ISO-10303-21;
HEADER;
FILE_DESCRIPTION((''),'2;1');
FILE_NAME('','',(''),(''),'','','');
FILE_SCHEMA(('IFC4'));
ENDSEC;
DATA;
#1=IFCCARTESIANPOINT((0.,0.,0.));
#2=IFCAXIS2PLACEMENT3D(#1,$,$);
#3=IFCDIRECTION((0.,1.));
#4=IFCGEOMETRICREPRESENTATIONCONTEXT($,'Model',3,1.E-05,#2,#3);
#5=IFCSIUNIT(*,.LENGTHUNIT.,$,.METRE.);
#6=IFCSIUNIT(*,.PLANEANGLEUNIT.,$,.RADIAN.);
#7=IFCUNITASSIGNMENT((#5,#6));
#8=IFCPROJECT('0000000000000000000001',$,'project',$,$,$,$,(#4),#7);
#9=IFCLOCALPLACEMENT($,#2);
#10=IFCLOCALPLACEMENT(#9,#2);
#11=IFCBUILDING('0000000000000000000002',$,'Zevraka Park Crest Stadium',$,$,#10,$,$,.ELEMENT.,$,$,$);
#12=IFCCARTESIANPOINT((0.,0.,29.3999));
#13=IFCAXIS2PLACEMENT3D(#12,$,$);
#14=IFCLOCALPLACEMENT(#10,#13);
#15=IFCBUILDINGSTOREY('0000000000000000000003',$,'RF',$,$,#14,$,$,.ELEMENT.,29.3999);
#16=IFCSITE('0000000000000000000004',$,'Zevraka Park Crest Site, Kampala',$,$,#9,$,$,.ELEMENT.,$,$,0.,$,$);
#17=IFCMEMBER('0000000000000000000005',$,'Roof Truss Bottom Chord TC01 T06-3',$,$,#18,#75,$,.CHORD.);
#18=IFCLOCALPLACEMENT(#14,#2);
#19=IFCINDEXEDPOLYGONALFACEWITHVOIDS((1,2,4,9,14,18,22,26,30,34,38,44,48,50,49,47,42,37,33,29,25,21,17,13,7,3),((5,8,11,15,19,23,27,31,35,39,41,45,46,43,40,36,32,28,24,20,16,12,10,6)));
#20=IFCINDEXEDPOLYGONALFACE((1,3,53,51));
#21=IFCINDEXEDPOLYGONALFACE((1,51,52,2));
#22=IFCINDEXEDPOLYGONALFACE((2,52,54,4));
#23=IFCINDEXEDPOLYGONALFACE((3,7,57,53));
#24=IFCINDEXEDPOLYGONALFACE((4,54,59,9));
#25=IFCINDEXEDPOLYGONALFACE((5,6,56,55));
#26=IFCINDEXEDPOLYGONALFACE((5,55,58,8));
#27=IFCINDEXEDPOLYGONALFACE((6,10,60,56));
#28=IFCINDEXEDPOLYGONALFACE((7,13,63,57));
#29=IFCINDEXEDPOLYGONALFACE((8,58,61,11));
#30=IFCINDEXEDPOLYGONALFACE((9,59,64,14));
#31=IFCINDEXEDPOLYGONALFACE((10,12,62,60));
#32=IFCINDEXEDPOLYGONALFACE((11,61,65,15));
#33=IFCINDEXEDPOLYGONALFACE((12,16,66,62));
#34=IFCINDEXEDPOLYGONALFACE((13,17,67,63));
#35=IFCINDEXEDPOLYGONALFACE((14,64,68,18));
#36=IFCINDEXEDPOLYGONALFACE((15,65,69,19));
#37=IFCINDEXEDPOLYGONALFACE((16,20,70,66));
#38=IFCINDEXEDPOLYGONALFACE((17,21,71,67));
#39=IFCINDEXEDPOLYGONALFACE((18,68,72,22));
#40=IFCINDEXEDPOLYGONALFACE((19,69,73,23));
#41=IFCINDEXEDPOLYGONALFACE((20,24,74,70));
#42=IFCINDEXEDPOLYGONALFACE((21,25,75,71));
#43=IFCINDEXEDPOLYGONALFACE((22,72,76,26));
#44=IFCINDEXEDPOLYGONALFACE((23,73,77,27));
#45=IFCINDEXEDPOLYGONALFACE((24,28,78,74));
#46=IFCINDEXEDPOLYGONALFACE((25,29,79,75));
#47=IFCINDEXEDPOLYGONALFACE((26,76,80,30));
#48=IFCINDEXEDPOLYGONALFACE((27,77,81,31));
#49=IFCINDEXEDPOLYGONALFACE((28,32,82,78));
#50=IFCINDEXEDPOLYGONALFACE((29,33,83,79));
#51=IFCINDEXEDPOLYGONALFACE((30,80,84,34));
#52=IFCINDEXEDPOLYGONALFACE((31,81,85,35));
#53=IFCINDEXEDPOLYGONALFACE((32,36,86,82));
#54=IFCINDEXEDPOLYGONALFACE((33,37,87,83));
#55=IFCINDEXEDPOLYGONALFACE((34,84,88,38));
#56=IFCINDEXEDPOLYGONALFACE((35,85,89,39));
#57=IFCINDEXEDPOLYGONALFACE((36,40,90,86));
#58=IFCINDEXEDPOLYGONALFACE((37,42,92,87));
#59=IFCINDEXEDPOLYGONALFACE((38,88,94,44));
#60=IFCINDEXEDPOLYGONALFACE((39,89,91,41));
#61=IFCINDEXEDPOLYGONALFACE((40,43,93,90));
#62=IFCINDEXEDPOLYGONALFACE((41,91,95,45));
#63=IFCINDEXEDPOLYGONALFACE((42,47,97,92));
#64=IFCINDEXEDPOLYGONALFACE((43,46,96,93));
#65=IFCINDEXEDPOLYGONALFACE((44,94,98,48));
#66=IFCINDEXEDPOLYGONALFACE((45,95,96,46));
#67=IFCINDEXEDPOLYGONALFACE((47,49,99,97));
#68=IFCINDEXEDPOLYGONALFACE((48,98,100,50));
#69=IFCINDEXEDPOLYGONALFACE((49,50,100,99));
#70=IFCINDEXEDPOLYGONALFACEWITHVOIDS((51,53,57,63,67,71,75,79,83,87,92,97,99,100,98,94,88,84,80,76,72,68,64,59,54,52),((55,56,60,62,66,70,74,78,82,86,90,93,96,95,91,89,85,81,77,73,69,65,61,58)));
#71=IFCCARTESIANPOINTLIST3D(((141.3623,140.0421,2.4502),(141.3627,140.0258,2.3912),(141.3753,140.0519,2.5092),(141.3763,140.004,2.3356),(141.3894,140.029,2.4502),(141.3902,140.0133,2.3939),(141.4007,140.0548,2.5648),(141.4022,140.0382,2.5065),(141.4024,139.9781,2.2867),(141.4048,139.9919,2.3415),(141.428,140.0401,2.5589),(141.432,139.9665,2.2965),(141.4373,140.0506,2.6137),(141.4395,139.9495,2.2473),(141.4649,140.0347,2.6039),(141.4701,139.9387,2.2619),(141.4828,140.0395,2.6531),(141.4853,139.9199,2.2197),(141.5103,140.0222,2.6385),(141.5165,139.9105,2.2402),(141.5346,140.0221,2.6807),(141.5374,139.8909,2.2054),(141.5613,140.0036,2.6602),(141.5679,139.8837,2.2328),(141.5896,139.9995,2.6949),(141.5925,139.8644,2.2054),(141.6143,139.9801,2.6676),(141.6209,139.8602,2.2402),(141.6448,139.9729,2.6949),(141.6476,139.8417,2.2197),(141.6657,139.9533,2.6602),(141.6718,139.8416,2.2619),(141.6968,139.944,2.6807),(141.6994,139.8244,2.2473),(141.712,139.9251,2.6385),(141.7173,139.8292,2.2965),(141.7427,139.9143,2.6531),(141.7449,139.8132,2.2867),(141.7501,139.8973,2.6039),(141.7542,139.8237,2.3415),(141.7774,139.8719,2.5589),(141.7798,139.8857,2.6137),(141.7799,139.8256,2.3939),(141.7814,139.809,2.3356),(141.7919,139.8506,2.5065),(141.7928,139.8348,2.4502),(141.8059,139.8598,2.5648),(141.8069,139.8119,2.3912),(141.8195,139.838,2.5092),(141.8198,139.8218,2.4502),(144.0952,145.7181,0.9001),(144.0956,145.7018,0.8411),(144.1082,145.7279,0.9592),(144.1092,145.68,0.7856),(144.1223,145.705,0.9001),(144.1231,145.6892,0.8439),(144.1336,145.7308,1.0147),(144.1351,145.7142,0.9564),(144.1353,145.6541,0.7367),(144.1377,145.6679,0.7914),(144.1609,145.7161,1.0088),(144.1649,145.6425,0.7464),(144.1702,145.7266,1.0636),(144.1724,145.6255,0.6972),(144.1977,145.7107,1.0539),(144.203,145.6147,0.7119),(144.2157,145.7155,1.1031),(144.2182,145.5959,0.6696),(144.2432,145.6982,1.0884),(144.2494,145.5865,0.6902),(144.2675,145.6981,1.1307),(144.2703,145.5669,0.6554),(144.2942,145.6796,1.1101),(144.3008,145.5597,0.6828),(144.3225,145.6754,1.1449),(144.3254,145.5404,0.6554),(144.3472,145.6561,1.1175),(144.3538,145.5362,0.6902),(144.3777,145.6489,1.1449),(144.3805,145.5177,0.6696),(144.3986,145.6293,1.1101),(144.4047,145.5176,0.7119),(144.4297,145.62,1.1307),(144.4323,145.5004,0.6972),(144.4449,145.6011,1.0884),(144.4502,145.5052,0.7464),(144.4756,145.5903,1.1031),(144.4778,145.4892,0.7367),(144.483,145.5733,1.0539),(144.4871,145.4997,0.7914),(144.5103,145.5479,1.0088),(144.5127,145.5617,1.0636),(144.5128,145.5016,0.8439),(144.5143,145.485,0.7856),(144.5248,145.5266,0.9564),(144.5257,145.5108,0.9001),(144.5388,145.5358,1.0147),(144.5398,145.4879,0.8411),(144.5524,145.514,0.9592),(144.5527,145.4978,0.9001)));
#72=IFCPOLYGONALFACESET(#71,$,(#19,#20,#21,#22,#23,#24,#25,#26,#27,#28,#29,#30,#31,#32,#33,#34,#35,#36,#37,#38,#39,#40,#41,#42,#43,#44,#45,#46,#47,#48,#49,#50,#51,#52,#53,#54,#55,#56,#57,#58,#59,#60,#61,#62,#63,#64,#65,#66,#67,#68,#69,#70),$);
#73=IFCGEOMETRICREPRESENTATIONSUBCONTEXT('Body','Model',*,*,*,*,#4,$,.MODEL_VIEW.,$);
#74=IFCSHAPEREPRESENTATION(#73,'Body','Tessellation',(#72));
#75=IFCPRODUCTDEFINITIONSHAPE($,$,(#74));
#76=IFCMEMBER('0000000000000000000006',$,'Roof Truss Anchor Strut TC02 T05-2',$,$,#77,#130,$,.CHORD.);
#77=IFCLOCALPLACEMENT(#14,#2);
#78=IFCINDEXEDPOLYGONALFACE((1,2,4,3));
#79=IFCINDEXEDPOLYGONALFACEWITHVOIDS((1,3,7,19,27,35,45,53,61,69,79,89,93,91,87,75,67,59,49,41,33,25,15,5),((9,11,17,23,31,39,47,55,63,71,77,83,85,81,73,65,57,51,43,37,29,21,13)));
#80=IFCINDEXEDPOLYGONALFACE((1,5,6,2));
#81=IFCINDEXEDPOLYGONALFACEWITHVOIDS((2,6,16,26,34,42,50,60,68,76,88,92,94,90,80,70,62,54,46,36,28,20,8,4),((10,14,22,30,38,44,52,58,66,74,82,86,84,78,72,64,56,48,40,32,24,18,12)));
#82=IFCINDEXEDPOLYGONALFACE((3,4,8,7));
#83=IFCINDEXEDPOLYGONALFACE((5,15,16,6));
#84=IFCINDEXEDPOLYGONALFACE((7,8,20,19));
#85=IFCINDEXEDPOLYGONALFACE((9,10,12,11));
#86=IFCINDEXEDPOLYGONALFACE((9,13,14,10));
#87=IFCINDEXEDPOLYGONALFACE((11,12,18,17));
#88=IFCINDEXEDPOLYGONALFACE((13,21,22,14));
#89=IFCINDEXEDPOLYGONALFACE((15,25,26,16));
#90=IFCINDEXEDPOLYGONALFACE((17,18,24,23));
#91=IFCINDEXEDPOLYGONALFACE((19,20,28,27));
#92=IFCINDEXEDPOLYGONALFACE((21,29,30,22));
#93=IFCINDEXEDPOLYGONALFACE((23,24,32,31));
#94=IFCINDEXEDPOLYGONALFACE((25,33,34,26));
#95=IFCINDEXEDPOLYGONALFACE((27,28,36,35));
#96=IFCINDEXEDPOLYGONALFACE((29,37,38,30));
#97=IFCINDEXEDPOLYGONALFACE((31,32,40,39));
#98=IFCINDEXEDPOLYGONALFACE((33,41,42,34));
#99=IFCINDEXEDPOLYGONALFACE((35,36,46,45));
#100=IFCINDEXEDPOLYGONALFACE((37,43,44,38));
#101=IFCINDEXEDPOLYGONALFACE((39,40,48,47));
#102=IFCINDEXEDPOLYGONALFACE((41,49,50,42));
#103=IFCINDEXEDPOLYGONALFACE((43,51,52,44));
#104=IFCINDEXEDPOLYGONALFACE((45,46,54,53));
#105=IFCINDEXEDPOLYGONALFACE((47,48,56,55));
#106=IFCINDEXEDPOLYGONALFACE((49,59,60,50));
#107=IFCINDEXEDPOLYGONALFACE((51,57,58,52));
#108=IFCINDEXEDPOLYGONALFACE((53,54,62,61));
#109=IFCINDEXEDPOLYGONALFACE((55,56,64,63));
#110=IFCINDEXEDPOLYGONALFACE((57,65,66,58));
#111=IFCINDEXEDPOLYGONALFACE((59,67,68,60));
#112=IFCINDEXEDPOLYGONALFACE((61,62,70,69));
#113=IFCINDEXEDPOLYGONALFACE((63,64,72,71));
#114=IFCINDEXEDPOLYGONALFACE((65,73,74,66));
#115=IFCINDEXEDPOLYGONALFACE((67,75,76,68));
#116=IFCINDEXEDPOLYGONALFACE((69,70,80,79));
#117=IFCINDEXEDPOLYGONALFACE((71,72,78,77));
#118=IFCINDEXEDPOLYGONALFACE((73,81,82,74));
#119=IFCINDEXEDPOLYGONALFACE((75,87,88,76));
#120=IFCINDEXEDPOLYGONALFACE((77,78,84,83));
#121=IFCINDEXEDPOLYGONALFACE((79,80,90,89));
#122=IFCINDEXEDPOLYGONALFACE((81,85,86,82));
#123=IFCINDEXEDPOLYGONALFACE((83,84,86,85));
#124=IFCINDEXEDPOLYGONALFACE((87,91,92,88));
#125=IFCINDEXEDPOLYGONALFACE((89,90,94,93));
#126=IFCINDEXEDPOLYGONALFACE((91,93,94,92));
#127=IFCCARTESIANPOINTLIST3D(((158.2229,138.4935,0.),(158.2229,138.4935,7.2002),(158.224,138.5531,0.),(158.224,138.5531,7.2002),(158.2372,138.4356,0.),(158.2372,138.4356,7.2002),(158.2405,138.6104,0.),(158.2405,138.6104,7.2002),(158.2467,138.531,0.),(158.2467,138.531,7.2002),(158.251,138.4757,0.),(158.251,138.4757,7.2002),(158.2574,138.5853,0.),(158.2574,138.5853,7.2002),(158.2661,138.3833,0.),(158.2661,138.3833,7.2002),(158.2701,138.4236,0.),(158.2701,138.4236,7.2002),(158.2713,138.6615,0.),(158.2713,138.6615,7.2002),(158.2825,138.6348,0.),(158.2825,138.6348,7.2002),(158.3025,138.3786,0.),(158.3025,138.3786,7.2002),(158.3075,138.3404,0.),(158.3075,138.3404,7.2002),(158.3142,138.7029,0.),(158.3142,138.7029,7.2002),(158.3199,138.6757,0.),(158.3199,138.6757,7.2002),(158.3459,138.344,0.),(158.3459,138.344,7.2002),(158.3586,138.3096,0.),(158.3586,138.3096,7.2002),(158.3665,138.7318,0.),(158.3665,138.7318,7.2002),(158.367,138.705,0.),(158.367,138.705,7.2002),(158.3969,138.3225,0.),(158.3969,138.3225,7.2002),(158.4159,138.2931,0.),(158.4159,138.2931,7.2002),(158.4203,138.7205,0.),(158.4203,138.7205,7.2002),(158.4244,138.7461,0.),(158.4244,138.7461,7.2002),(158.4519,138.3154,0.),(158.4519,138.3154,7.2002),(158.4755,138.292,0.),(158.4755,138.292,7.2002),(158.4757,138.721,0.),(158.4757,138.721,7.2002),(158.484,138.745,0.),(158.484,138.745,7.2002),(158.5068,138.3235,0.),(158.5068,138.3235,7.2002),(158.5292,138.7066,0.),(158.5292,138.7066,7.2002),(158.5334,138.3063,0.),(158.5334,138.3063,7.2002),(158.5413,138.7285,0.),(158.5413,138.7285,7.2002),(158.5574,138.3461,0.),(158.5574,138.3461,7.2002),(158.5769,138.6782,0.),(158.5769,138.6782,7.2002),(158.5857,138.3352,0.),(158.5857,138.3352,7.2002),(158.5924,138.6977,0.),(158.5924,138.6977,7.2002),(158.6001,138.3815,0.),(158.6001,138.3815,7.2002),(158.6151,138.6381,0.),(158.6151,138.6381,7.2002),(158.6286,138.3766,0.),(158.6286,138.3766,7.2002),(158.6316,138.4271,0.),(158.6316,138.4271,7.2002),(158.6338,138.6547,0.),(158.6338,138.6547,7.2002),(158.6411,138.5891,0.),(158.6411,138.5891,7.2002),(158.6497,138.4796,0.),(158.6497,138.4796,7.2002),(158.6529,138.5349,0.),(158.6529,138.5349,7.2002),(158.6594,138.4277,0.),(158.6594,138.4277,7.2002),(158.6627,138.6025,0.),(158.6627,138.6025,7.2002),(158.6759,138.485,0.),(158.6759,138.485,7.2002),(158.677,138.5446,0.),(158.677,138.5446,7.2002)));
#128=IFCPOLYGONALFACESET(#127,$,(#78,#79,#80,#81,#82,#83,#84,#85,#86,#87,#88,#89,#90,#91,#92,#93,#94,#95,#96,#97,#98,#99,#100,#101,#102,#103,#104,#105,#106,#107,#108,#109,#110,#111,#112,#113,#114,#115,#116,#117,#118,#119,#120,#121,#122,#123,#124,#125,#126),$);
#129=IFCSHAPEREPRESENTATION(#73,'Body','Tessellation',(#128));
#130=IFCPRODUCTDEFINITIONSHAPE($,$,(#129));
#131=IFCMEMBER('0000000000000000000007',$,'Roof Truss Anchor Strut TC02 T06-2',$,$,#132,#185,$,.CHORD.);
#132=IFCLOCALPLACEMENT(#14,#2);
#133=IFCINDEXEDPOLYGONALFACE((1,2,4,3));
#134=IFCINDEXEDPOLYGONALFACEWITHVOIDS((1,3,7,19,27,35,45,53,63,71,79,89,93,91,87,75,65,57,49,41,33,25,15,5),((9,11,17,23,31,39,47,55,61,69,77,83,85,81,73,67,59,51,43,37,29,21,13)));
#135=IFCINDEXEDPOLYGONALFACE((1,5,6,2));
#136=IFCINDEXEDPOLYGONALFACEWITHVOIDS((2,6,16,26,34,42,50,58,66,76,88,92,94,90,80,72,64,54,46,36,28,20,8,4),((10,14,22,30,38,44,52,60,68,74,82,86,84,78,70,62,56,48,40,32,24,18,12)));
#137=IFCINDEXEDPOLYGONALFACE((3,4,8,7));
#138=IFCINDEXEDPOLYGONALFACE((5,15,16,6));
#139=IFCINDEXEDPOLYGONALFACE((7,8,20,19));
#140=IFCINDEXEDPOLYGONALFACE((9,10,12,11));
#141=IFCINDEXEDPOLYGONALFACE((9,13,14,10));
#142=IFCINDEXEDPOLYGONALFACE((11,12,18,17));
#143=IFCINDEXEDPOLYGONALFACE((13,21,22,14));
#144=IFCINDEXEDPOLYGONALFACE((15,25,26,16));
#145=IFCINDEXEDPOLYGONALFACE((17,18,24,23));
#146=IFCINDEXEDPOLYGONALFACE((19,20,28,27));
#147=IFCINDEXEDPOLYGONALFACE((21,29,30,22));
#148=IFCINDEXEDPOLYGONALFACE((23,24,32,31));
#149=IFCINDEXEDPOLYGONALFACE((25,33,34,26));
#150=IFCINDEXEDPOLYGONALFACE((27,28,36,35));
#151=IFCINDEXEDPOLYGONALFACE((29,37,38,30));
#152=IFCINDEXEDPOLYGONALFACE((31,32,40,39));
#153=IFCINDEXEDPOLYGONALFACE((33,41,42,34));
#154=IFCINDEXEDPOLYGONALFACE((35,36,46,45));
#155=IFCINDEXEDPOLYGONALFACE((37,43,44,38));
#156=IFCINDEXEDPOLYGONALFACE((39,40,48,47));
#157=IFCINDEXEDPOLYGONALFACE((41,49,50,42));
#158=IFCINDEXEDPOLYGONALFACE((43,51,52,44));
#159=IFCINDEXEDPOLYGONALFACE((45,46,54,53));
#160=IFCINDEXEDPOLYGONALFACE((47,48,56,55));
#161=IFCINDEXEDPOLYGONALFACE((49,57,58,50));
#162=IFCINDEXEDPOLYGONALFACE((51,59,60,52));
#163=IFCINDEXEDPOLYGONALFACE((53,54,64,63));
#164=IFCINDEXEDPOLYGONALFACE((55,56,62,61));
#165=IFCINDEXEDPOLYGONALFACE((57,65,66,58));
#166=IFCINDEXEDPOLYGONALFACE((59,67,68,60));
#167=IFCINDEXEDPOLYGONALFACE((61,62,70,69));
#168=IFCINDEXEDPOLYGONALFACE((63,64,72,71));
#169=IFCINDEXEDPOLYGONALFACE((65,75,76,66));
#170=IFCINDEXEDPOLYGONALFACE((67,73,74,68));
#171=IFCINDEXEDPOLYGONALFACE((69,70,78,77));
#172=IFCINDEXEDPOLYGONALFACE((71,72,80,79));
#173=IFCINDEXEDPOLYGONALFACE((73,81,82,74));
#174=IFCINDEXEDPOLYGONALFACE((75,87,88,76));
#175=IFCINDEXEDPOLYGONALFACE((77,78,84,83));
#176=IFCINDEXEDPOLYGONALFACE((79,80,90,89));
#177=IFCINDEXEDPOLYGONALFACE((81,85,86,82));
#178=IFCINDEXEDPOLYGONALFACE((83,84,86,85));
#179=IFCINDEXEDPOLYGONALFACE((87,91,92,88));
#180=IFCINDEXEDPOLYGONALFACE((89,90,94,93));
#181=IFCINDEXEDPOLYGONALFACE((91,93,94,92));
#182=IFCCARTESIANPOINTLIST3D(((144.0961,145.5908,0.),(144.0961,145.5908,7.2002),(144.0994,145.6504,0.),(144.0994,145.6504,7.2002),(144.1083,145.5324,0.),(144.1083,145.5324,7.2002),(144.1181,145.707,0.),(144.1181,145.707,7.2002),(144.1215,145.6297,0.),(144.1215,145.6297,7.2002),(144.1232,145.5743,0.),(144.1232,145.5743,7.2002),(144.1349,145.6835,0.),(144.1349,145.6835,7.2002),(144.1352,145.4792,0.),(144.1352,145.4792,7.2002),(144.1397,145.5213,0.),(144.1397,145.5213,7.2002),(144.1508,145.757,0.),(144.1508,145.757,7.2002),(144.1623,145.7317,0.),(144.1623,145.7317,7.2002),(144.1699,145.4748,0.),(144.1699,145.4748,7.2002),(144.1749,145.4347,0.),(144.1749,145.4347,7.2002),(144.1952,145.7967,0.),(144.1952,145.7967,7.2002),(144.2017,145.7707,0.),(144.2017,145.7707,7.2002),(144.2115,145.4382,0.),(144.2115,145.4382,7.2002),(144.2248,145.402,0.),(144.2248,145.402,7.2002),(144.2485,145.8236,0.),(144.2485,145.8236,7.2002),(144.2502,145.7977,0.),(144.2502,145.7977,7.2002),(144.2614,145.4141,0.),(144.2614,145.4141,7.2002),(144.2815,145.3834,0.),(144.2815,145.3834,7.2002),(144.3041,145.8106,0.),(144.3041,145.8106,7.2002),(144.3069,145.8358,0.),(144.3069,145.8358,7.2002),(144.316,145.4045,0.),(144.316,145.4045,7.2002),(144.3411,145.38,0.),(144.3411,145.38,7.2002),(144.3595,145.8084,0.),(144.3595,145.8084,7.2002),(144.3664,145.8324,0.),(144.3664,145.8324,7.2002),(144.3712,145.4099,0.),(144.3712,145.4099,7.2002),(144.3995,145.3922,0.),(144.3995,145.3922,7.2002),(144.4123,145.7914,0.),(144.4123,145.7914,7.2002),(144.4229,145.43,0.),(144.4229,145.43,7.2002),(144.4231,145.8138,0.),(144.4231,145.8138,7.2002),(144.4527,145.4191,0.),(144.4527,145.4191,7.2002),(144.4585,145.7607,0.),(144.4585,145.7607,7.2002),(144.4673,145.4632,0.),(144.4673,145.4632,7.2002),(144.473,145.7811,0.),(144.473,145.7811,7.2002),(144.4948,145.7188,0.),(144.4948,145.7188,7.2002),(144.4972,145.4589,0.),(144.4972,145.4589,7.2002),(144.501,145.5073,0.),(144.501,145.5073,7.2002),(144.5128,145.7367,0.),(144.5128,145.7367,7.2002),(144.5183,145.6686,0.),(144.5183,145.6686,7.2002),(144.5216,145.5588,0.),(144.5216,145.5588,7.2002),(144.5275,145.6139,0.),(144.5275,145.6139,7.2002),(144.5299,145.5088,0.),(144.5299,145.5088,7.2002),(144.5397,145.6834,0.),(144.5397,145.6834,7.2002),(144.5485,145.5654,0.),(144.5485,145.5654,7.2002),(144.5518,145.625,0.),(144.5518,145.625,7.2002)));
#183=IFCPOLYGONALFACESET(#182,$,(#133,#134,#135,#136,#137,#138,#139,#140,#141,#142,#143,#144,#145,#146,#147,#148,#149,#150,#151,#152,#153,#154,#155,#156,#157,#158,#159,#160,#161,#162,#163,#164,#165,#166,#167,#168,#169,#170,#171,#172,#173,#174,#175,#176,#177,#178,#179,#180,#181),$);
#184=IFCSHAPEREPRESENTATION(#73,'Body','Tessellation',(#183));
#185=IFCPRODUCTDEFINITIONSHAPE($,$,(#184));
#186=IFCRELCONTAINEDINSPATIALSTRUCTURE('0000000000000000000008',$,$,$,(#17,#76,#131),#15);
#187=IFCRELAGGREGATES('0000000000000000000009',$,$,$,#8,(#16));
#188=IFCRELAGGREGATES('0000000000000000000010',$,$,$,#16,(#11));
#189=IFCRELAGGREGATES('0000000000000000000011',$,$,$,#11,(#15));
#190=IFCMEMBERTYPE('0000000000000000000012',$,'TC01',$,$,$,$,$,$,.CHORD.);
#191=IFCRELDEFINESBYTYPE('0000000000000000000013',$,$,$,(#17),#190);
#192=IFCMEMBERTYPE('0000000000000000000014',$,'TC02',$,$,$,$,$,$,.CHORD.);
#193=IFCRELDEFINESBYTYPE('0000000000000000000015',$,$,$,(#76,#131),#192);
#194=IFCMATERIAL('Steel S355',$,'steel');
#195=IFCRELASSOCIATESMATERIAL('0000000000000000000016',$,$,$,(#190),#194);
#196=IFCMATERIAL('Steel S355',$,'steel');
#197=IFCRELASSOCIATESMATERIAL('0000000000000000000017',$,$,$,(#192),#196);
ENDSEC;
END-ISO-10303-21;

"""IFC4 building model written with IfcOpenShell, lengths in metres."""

from ifc_helpers import new_model, si_unit, direction, frame, origin, origin_2d, place, context, subcontext, project, spatial, hollow_circle, extrude, material, material_profile, profile_set, type_object, element, save


model = new_model("IFC4")

# Units and contexts
model_context = context("Model", 3, precision=1e-05, world=origin(), true_north=direction((0.0, 1.0)))
body_context = subcontext(model_context, "Body", "Model", "MODEL_VIEW")
ifc_project = project(units=[si_unit("LENGTHUNIT", "METRE"), si_unit("PLANEANGLEUNIT", "RADIAN")], contexts=[model_context])

# Site, building, storey
site_placement = place(None, origin())
site = spatial("IfcSite", under=ifc_project, at=site_placement, Name="Zevraka Park Crest Site, Kampala", CompositionType="ELEMENT", RefElevation=0.0)
building_placement = place(site_placement, origin())
building = spatial("IfcBuilding", under=site, at=building_placement, Name="Zevraka Park Crest Stadium", CompositionType="ELEMENT")
storey_placement = place(building_placement, frame((0.0, 0.0, 29.3999)))
storey = spatial("IfcBuildingStorey", under=building, at=storey_placement, Name="RF", CompositionType="ELEMENT", Elevation=29.3999)

# Members
ifc_material_1 = material(Name="Steel S355", Category="steel")
ifc_material_profile_1 = material_profile(ifc_material_1, hollow_circle(Radius=0.2539, WallThickness=0.03, at=origin_2d()), Name="CHS 508.0x30")
ifc_profile_set_1 = profile_set([ifc_material_profile_1], Name="Steel S355")
member_type_1 = type_object("IfcMemberType", Name="TC01", PredefinedType="CHORD", material=ifc_profile_set_1)
member_1_placement = place(storey_placement, frame((144.324, 145.6079, 0.9001), z_axis=(-0.421253, -0.874906, 0.238926), x_axis=(0.901001, -0.433817, 0.0)))
element("IfcMember", 1, at=member_1_placement, inside=storey, type_object=member_type_1, Name="Roof Truss Bottom Chord TC01 T06-3", PredefinedType="CHORD", context=body_context, shape_type="SweptSolid", body=[
    extrude(hollow_circle(Radius=0.2539, WallThickness=0.03, at=origin_2d()), origin(), (0.0, 0.0, 1.0), 6.4875),
])
ifc_material_2 = material(Name="Steel S355", Category="steel")
ifc_material_profile_2 = material_profile(ifc_material_2, hollow_circle(Radius=0.2285, WallThickness=0.0249, at=origin_2d()), Name="CHS 457.0x25")
ifc_profile_set_2 = profile_set([ifc_material_profile_2], Name="Steel S355")
member_type_2 = type_object("IfcMemberType", Name="TC02", PredefinedType="CHORD", material=ifc_profile_set_2)
for number, where, z_axis, x_axis, name in (
    (2, (158.45, 138.519, 0.0), (0.0, 0.0, 1.0), (0.62347, 0.781847, 0.0), "Roof Truss Anchor Strut TC02 T05-2"),
    (3, (144.324, 145.6079, 0.0), (0.0, 0.0, 1.0), (0.433816, 0.901001, 0.0), "Roof Truss Anchor Strut TC02 T06-2"),
):
    element("IfcMember", number, at=place(storey_placement, frame(where, z_axis=z_axis, x_axis=x_axis)), inside=storey, type_object=member_type_2, Name=name, PredefinedType="CHORD", context=body_context, shape_type="SweptSolid", body=[
        extrude(hollow_circle(Radius=0.2285, WallThickness=0.0249, at=origin_2d()), origin(), (0.0, 0.0, 1.0), 7.2002),
    ])

save(model, "model.ifc")
